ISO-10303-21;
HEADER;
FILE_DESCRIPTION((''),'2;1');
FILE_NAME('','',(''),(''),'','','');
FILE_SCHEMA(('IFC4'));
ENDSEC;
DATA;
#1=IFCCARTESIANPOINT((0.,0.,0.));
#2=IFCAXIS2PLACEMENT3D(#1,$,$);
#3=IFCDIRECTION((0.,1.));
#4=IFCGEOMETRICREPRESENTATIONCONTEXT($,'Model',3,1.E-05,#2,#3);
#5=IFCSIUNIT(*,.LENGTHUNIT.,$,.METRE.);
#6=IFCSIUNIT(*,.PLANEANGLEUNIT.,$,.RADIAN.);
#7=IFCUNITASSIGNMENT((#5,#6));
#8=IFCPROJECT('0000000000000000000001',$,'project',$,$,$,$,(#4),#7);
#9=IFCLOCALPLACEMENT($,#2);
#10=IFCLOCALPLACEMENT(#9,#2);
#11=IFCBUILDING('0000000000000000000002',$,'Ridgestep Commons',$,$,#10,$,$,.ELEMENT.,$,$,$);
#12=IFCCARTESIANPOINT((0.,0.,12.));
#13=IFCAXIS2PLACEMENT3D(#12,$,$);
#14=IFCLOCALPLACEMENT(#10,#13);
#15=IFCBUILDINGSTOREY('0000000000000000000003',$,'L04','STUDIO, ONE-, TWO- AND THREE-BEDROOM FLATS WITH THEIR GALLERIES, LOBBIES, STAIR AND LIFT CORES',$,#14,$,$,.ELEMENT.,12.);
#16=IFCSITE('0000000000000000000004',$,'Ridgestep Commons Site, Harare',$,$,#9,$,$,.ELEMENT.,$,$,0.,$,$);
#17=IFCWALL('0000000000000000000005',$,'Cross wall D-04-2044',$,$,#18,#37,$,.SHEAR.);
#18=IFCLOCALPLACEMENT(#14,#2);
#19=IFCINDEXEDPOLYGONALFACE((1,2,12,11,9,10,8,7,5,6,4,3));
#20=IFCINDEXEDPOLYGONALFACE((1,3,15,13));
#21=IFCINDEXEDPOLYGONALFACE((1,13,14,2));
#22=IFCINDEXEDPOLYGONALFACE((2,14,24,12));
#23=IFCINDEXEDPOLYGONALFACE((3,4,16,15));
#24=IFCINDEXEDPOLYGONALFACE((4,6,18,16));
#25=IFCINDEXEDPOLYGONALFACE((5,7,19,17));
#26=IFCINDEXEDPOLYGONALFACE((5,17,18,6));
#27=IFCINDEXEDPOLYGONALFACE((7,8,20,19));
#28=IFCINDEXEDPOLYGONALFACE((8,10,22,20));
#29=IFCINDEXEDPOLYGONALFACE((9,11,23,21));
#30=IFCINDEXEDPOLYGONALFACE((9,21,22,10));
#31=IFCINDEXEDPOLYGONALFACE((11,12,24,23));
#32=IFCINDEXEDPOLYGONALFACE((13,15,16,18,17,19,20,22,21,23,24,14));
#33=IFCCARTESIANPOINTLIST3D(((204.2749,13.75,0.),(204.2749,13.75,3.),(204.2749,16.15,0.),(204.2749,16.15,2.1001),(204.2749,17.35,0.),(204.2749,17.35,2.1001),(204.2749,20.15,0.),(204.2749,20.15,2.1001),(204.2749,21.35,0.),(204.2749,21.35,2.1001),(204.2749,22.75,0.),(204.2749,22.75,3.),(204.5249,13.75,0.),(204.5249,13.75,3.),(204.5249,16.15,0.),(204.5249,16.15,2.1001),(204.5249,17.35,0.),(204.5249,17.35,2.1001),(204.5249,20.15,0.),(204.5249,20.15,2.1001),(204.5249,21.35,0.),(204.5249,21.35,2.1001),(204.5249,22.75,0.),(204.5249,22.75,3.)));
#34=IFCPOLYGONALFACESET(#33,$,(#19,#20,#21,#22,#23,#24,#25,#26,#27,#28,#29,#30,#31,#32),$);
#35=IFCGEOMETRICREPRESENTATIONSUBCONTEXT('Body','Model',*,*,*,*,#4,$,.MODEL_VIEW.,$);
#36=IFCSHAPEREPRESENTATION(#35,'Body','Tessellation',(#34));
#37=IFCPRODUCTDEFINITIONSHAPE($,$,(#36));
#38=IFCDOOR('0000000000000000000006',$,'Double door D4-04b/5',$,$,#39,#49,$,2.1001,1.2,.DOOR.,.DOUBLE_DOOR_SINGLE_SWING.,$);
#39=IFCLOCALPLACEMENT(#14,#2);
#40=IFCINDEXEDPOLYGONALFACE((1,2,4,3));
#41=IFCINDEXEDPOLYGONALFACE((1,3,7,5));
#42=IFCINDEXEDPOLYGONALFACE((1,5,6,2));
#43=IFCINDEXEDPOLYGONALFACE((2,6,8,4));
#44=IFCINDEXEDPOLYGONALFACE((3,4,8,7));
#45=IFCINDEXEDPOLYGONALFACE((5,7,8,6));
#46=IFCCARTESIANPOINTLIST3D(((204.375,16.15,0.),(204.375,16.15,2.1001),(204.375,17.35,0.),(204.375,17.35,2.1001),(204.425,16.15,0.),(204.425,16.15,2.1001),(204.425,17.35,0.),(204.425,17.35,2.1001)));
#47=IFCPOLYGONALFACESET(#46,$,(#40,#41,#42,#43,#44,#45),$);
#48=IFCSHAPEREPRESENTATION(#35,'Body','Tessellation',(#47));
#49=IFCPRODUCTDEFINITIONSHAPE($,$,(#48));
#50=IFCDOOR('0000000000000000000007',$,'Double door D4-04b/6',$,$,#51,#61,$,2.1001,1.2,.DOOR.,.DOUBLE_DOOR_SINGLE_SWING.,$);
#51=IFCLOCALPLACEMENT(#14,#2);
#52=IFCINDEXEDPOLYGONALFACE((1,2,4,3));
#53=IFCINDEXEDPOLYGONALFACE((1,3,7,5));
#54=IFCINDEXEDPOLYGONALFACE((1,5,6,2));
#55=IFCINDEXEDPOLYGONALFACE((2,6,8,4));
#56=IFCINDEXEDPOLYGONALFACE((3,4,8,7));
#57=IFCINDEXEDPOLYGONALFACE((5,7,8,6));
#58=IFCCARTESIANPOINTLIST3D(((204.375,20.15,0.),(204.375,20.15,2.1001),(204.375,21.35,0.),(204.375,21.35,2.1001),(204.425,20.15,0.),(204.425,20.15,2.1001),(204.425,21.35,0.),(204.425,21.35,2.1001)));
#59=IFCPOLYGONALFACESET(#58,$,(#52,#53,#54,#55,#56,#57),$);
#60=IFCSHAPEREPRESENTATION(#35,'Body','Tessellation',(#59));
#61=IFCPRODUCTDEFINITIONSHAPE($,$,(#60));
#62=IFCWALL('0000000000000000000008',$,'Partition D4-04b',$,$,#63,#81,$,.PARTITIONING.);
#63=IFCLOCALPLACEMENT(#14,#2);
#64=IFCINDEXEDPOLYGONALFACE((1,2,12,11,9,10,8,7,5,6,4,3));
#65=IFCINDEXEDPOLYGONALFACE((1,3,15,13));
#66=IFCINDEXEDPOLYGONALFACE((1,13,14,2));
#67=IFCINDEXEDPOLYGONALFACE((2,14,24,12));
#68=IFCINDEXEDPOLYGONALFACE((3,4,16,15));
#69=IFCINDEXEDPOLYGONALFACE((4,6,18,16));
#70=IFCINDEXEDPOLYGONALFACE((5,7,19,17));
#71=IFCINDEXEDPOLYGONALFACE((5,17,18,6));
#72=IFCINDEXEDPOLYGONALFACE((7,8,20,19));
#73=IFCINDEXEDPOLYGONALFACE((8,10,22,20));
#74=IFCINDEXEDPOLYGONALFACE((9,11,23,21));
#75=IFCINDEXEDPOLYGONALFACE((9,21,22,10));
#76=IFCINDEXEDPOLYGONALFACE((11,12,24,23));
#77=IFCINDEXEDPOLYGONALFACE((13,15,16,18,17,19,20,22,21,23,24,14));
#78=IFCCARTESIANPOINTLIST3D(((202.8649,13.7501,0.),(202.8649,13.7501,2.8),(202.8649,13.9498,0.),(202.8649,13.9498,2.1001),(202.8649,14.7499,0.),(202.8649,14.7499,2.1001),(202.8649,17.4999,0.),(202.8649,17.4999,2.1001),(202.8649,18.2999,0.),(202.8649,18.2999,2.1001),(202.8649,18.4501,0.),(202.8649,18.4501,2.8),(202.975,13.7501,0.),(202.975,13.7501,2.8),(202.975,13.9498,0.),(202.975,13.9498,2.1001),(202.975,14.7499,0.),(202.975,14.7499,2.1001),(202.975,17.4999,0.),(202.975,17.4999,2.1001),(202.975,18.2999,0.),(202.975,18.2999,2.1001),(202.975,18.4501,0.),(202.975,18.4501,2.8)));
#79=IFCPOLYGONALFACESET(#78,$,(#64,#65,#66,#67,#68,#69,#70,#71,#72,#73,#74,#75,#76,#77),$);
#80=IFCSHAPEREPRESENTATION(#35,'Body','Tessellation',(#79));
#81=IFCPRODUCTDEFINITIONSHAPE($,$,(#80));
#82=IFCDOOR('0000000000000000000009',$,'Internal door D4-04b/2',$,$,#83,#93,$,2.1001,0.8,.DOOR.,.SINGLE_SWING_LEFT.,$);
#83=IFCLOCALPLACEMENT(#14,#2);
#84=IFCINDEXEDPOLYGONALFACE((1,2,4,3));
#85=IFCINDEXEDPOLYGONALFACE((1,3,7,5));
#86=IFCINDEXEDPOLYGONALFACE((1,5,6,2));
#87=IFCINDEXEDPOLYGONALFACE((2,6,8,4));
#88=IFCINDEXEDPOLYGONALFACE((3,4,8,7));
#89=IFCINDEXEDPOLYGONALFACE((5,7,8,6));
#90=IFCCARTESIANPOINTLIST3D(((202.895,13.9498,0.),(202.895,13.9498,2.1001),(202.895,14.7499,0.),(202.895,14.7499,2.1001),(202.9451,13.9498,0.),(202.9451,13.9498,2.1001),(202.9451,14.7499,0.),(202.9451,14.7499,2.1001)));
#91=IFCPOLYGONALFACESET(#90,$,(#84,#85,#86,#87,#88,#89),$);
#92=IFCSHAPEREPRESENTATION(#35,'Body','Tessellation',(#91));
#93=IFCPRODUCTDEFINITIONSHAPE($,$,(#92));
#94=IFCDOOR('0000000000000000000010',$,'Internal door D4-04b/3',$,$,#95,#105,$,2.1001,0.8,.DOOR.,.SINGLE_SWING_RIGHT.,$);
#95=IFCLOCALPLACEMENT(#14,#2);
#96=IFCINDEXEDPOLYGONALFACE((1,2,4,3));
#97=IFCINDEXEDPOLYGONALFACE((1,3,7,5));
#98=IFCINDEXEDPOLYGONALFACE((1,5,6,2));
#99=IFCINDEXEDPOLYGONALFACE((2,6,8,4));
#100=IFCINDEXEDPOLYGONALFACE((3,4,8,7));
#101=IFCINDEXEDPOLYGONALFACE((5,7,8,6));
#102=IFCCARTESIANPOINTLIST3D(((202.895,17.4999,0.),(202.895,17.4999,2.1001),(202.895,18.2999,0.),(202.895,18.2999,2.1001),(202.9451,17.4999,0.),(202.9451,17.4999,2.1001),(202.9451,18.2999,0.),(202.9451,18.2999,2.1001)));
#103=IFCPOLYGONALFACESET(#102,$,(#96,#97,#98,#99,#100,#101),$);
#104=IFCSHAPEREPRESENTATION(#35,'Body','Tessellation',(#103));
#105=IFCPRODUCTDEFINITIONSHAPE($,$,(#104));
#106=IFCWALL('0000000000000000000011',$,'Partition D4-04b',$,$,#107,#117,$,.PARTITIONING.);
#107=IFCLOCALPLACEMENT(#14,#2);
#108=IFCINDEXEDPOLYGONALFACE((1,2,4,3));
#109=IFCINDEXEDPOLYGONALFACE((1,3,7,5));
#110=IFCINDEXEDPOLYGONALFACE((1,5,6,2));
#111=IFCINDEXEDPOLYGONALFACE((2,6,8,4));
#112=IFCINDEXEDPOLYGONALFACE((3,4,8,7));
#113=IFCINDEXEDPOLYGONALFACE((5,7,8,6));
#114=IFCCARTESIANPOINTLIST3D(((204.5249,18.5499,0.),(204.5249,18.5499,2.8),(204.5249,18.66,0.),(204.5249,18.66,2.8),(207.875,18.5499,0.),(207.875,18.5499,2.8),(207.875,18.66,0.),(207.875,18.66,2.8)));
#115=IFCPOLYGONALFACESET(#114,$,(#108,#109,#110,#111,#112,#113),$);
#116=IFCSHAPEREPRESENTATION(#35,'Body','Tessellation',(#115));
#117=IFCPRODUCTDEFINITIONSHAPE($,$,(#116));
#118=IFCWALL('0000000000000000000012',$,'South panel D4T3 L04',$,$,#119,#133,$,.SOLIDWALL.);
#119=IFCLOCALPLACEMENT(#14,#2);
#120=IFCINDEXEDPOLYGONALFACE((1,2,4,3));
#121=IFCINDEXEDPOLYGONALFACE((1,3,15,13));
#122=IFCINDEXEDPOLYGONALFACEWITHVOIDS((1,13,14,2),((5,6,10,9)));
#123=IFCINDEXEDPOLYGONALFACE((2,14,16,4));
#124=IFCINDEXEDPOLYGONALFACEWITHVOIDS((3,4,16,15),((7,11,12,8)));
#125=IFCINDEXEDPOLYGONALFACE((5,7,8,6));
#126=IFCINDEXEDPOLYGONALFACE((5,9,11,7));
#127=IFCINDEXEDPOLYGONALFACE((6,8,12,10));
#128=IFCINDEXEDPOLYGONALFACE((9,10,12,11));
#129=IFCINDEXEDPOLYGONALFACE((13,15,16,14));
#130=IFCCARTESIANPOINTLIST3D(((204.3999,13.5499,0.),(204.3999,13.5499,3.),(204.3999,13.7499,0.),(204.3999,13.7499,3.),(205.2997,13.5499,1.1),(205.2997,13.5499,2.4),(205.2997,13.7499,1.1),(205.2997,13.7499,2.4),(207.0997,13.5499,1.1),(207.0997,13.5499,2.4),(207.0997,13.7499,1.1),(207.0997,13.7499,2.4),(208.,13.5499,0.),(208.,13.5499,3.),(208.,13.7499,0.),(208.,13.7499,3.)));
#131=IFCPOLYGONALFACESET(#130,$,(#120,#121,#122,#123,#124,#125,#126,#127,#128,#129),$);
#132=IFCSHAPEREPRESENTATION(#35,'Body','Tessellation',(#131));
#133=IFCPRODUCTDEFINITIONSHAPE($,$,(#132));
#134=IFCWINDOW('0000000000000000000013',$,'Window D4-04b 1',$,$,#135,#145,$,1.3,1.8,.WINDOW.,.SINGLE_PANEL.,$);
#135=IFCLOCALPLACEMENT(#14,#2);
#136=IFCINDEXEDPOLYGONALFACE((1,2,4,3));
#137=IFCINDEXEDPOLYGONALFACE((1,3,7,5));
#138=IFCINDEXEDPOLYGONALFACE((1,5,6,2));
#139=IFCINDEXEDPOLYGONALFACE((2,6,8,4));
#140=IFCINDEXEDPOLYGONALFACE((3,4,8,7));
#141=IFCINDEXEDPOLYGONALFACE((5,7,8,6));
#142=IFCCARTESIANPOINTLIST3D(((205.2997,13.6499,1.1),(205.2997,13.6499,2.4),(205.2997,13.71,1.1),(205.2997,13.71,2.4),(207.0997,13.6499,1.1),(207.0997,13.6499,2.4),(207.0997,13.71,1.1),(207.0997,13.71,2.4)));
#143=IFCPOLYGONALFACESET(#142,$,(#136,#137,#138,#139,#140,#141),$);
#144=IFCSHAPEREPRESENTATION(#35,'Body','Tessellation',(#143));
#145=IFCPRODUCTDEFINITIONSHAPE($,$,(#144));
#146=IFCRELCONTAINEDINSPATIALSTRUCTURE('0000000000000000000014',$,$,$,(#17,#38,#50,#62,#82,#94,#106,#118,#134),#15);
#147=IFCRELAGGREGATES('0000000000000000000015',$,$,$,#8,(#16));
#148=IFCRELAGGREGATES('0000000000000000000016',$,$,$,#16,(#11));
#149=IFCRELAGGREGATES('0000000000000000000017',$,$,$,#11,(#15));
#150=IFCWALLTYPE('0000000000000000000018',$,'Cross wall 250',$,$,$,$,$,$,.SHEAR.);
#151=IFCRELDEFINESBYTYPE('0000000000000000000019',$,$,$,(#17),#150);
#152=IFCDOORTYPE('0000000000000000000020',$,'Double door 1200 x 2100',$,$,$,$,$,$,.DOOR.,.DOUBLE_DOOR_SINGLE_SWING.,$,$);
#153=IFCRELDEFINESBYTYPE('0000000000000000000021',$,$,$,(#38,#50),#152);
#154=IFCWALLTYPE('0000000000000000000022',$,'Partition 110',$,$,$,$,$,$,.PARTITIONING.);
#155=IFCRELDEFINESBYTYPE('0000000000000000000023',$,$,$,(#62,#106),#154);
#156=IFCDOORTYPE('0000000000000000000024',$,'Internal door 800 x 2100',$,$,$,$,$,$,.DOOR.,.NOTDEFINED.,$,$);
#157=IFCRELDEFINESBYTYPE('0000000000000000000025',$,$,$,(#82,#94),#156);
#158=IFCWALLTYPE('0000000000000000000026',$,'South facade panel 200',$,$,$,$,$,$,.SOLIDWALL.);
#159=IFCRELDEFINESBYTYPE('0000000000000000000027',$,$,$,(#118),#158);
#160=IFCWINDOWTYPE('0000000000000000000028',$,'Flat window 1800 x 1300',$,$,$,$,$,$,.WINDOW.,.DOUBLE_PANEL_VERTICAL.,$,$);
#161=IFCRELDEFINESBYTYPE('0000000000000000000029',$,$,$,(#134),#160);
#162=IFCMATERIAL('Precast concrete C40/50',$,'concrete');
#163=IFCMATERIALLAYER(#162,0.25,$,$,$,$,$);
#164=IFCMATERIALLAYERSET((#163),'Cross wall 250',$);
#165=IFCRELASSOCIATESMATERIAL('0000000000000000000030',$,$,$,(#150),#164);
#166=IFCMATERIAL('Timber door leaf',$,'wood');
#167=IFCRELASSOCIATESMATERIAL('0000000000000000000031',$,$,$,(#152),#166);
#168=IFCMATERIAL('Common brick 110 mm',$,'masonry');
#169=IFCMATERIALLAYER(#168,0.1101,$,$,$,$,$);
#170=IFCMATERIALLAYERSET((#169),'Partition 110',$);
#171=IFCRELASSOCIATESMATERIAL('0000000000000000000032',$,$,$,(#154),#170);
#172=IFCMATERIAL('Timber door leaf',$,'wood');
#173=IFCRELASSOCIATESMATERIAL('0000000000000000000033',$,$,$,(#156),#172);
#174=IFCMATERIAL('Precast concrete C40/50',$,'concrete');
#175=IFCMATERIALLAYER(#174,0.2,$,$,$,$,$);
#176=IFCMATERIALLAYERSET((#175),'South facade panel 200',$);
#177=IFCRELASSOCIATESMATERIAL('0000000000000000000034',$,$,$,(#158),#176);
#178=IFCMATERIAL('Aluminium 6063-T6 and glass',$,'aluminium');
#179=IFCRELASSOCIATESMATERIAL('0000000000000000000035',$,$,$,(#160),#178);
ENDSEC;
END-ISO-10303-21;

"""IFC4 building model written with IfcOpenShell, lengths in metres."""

from ifc_helpers import new_model, si_unit, direction, frame, frame_2d, origin, place, context, subcontext, project, spatial, rectangle, extrude, material, layer, layer_set, type_object, element, fill, save


model = new_model("IFC4")

# Units and contexts
model_context = context("Model", 3, precision=1e-05, world=origin(), true_north=direction((0.0, 1.0)))
body_context = subcontext(model_context, "Body", "Model", "MODEL_VIEW")
ifc_project = project(units=[si_unit("LENGTHUNIT", "METRE"), si_unit("PLANEANGLEUNIT", "RADIAN")], contexts=[model_context])

# Site, building, storey
site_placement = place(None, origin())
site = spatial("IfcSite", under=ifc_project, at=site_placement, Name="Ridgestep Commons Site, Harare", CompositionType="ELEMENT", RefElevation=0.0)
building_placement = place(site_placement, origin())
building = spatial("IfcBuilding", under=site, at=building_placement, Name="Ridgestep Commons", CompositionType="ELEMENT")
storey_placement = place(building_placement, frame((0.0, 0.0, 12.0)))
storey = spatial("IfcBuildingStorey", under=building, at=storey_placement, Name="L04", Description="STUDIO, ONE-, TWO- AND THREE-BEDROOM FLATS WITH THEIR GALLERIES, LOBBIES, STAIR AND LIFT CORES", CompositionType="ELEMENT", Elevation=12.0)

# Walls, openings, doors
ifc_material_1 = material(Name="Precast concrete C40/50", Category="concrete")
ifc_layer_1 = layer(ifc_material_1, 0.25)
ifc_layer_set_1 = layer_set([ifc_layer_1], Name="Cross wall 250")
wall_type_1 = type_object("IfcWallType", Name="Cross wall 250", PredefinedType="SHEAR", material=ifc_layer_set_1)
wall_1_placement = place(storey_placement, frame((204.3999, 13.75, 0.0), z_axis=(0.0, 0.0, 1.0), x_axis=(0.0, 1.0, 0.0)))
wall_1 = element("IfcWall", 1, at=wall_1_placement, inside=storey, type_object=wall_type_1, Name="Cross wall D-04-2044", PredefinedType="SHEAR", context=body_context, shape_type="SweptSolid", body=[
    extrude(rectangle(XDim=9.0, YDim=0.25, at=frame_2d((4.5, 0.0))), origin(), (0.0, 0.0, 1.0), 3.0),
])
opening_1_placement = place(wall_1_placement, frame((2.3999, 0.0, 0.0)))
opening_1 = element("IfcOpeningElement", 2, at=opening_1_placement, cuts=wall_1, PredefinedType="OPENING", context=body_context, shape_type="SweptSolid", body=[
    extrude(rectangle(XDim=1.2, YDim=2.1001, at=frame_2d((0.6001, 1.05))), frame((0.0, 0.135, 0.0), z_axis=(0.0, -1.0, 0.0), x_axis=(1.0, 0.0, 0.0)), (0.0, 0.0, 1.0), 0.27),
])
opening_2_placement = place(wall_1_placement, frame((6.3999, 0.0, 0.0)))
opening_2 = element("IfcOpeningElement", 3, at=opening_2_placement, cuts=wall_1, PredefinedType="OPENING", context=body_context, shape_type="SweptSolid", body=[
    extrude(rectangle(XDim=1.2, YDim=2.1001, at=frame_2d((0.6001, 1.05))), frame((0.0, 0.135, 0.0), z_axis=(0.0, -1.0, 0.0), x_axis=(1.0, 0.0, 0.0)), (0.0, 0.0, 1.0), 0.27),
])
ifc_material_2 = material(Name="Timber door leaf", Category="wood")
door_type_1 = type_object("IfcDoorType", Name="Double door 1200 x 2100", OperationType="DOUBLE_DOOR_SINGLE_SWING", PredefinedType="DOOR", material=ifc_material_2)
door_1_placement = place(opening_1_placement, origin())
door_1 = element("IfcDoor", 4, at=door_1_placement, inside=storey, type_object=door_type_1, Name="Double door D4-04b/5", OperationType="DOUBLE_DOOR_SINGLE_SWING", OverallHeight=2.1001, OverallWidth=1.2, PredefinedType="DOOR", context=body_context, shape_type="SweptSolid", body=[
    extrude(rectangle(XDim=1.2, YDim=2.1001, at=frame_2d((0.6001, 1.05))), frame((0.0, 0.0249, 0.0), z_axis=(0.0, -1.0, 0.0), x_axis=(1.0, 0.0, 0.0)), (0.0, 0.0, 1.0), 0.05),
])
fill(opening_1, door_1)
door_2_placement = place(opening_2_placement, origin())
door_2 = element("IfcDoor", 5, at=door_2_placement, inside=storey, type_object=door_type_1, Name="Double door D4-04b/6", OperationType="DOUBLE_DOOR_SINGLE_SWING", OverallHeight=2.1001, OverallWidth=1.2, PredefinedType="DOOR", context=body_context, shape_type="SweptSolid", body=[
    extrude(rectangle(XDim=1.2, YDim=2.1001, at=frame_2d((0.6001, 1.05))), frame((0.0, 0.0249, 0.0), z_axis=(0.0, -1.0, 0.0), x_axis=(1.0, 0.0, 0.0)), (0.0, 0.0, 1.0), 0.05),
])
fill(opening_2, door_2)
ifc_material_3 = material(Name="Common brick 110 mm", Category="masonry")
ifc_layer_2 = layer(ifc_material_3, 0.1101)
ifc_layer_set_2 = layer_set([ifc_layer_2], Name="Partition 110")
wall_type_2 = type_object("IfcWallType", Name="Partition 110", PredefinedType="PARTITIONING", material=ifc_layer_set_2)
wall_2_placement = place(storey_placement, frame((202.9199, 13.75, 0.0), z_axis=(0.0, 0.0, 1.0), x_axis=(0.0, 1.0, 0.0)))
wall_2 = element("IfcWall", 6, at=wall_2_placement, inside=storey, type_object=wall_type_2, Name="Partition D4-04b", PredefinedType="PARTITIONING", context=body_context, shape_type="SweptSolid", body=[
    extrude(rectangle(XDim=4.7, YDim=0.1101, at=frame_2d((2.3501, 0.0))), origin(), (0.0, 0.0, 1.0), 2.8),
])
opening_3_placement = place(wall_2_placement, frame((0.2, 0.0, 0.0)))
opening_3 = element("IfcOpeningElement", 7, at=opening_3_placement, cuts=wall_2, PredefinedType="OPENING", context=body_context, shape_type="SweptSolid", body=[
    extrude(rectangle(XDim=0.8, YDim=2.1001, at=frame_2d((0.3999, 1.05))), frame((0.0, 0.0649, 0.0), z_axis=(0.0, -1.0, 0.0), x_axis=(1.0, 0.0, 0.0)), (0.0, 0.0, 1.0), 0.1301),
])
opening_4_placement = place(wall_2_placement, frame((3.75, 0.0, 0.0)))
opening_4 = element("IfcOpeningElement", 8, at=opening_4_placement, cuts=wall_2, PredefinedType="OPENING", context=body_context, shape_type="SweptSolid", body=[
    extrude(rectangle(XDim=0.8, YDim=2.1001, at=frame_2d((0.3999, 1.05))), frame((0.0, 0.0649, 0.0), z_axis=(0.0, -1.0, 0.0), x_axis=(1.0, 0.0, 0.0)), (0.0, 0.0, 1.0), 0.1301),
])
ifc_material_4 = material(Name="Timber door leaf", Category="wood")
door_type_2 = type_object("IfcDoorType", Name="Internal door 800 x 2100", OperationType="NOTDEFINED", PredefinedType="DOOR", material=ifc_material_4)
door_3_placement = place(opening_3_placement, origin())
door_3 = element("IfcDoor", 9, at=door_3_placement, inside=storey, type_object=door_type_2, Name="Internal door D4-04b/2", OperationType="SINGLE_SWING_LEFT", OverallHeight=2.1001, OverallWidth=0.8, PredefinedType="DOOR", context=body_context, shape_type="SweptSolid", body=[
    extrude(rectangle(XDim=0.8, YDim=2.1001, at=frame_2d((0.3999, 1.05))), frame((0.0, 0.0249, 0.0), z_axis=(0.0, -1.0, 0.0), x_axis=(1.0, 0.0, 0.0)), (0.0, 0.0, 1.0), 0.05),
])
fill(opening_3, door_3)
door_4_placement = place(opening_4_placement, origin())
door_4 = element("IfcDoor", 10, at=door_4_placement, inside=storey, type_object=door_type_2, Name="Internal door D4-04b/3", OperationType="SINGLE_SWING_RIGHT", OverallHeight=2.1001, OverallWidth=0.8, PredefinedType="DOOR", context=body_context, shape_type="SweptSolid", body=[
    extrude(rectangle(XDim=0.8, YDim=2.1001, at=frame_2d((0.3999, 1.05))), frame((0.0, 0.0249, 0.0), z_axis=(0.0, -1.0, 0.0), x_axis=(1.0, 0.0, 0.0)), (0.0, 0.0, 1.0), 0.05),
])
fill(opening_4, door_4)

# Wall
wall_3_placement = place(storey_placement, frame((204.5249, 18.605, 0.0), z_axis=(0.0, 0.0, 1.0), x_axis=(1.0, 0.0, 0.0)))
element("IfcWall", 11, at=wall_3_placement, inside=storey, type_object=wall_type_2, Name="Partition D4-04b", PredefinedType="PARTITIONING", context=body_context, shape_type="SweptSolid", body=[
    extrude(rectangle(XDim=3.3501, YDim=0.1101, at=frame_2d((1.675, 0.0))), origin(), (0.0, 0.0, 1.0), 2.8),
])

# Wall, opening, window
ifc_material_5 = material(Name="Precast concrete C40/50", Category="concrete")
ifc_layer_3 = layer(ifc_material_5, 0.2)
ifc_layer_set_3 = layer_set([ifc_layer_3], Name="South facade panel 200")
wall_type_3 = type_object("IfcWallType", Name="South facade panel 200", PredefinedType="SOLIDWALL", material=ifc_layer_set_3)
wall_4_placement = place(storey_placement, frame((204.3999, 13.6499, 0.0), z_axis=(0.0, 0.0, 1.0), x_axis=(1.0, 0.0, 0.0)))
wall_4 = element("IfcWall", 12, at=wall_4_placement, inside=storey, type_object=wall_type_3, Name="South panel D4T3 L04", PredefinedType="SOLIDWALL", context=body_context, shape_type="SweptSolid", body=[
    extrude(rectangle(XDim=3.6001, YDim=0.2, at=frame_2d((1.8, 0.0))), origin(), (0.0, 0.0, 1.0), 3.0),
])
opening_5_placement = place(wall_4_placement, frame((0.8999, 0.0, 1.1001)))
opening_5 = element("IfcOpeningElement", 13, at=opening_5_placement, cuts=wall_4, PredefinedType="OPENING", context=body_context, shape_type="SweptSolid", body=[
    extrude(rectangle(XDim=1.8, YDim=1.3, at=frame_2d((0.8999, 0.6499))), frame((0.0, 0.1099, 0.0), z_axis=(0.0, -1.0, 0.0), x_axis=(1.0, 0.0, 0.0)), (0.0, 0.0, 1.0), 0.22),
])
ifc_material_6 = material(Name="Aluminium 6063-T6 and glass", Category="aluminium")
window_type = type_object("IfcWindowType", Name="Flat window 1800 x 1300", PartitioningType="DOUBLE_PANEL_VERTICAL", PredefinedType="WINDOW", material=ifc_material_6)
window_placement = place(opening_5_placement, origin())
window = element("IfcWindow", 14, at=window_placement, inside=storey, type_object=window_type, Name="Window D4-04b 1", OverallHeight=1.3, OverallWidth=1.8, PartitioningType="SINGLE_PANEL", PredefinedType="WINDOW", context=body_context, shape_type="SweptSolid", body=[
    extrude(rectangle(XDim=1.8, YDim=1.3, at=frame_2d((0.8999, 0.6499))), frame((0.0, 0.0601, 0.0), z_axis=(0.0, -1.0, 0.0), x_axis=(1.0, 0.0, 0.0)), (0.0, 0.0, 1.0), 0.0601),
])
fill(opening_5, window)

save(model, "model.ifc")
